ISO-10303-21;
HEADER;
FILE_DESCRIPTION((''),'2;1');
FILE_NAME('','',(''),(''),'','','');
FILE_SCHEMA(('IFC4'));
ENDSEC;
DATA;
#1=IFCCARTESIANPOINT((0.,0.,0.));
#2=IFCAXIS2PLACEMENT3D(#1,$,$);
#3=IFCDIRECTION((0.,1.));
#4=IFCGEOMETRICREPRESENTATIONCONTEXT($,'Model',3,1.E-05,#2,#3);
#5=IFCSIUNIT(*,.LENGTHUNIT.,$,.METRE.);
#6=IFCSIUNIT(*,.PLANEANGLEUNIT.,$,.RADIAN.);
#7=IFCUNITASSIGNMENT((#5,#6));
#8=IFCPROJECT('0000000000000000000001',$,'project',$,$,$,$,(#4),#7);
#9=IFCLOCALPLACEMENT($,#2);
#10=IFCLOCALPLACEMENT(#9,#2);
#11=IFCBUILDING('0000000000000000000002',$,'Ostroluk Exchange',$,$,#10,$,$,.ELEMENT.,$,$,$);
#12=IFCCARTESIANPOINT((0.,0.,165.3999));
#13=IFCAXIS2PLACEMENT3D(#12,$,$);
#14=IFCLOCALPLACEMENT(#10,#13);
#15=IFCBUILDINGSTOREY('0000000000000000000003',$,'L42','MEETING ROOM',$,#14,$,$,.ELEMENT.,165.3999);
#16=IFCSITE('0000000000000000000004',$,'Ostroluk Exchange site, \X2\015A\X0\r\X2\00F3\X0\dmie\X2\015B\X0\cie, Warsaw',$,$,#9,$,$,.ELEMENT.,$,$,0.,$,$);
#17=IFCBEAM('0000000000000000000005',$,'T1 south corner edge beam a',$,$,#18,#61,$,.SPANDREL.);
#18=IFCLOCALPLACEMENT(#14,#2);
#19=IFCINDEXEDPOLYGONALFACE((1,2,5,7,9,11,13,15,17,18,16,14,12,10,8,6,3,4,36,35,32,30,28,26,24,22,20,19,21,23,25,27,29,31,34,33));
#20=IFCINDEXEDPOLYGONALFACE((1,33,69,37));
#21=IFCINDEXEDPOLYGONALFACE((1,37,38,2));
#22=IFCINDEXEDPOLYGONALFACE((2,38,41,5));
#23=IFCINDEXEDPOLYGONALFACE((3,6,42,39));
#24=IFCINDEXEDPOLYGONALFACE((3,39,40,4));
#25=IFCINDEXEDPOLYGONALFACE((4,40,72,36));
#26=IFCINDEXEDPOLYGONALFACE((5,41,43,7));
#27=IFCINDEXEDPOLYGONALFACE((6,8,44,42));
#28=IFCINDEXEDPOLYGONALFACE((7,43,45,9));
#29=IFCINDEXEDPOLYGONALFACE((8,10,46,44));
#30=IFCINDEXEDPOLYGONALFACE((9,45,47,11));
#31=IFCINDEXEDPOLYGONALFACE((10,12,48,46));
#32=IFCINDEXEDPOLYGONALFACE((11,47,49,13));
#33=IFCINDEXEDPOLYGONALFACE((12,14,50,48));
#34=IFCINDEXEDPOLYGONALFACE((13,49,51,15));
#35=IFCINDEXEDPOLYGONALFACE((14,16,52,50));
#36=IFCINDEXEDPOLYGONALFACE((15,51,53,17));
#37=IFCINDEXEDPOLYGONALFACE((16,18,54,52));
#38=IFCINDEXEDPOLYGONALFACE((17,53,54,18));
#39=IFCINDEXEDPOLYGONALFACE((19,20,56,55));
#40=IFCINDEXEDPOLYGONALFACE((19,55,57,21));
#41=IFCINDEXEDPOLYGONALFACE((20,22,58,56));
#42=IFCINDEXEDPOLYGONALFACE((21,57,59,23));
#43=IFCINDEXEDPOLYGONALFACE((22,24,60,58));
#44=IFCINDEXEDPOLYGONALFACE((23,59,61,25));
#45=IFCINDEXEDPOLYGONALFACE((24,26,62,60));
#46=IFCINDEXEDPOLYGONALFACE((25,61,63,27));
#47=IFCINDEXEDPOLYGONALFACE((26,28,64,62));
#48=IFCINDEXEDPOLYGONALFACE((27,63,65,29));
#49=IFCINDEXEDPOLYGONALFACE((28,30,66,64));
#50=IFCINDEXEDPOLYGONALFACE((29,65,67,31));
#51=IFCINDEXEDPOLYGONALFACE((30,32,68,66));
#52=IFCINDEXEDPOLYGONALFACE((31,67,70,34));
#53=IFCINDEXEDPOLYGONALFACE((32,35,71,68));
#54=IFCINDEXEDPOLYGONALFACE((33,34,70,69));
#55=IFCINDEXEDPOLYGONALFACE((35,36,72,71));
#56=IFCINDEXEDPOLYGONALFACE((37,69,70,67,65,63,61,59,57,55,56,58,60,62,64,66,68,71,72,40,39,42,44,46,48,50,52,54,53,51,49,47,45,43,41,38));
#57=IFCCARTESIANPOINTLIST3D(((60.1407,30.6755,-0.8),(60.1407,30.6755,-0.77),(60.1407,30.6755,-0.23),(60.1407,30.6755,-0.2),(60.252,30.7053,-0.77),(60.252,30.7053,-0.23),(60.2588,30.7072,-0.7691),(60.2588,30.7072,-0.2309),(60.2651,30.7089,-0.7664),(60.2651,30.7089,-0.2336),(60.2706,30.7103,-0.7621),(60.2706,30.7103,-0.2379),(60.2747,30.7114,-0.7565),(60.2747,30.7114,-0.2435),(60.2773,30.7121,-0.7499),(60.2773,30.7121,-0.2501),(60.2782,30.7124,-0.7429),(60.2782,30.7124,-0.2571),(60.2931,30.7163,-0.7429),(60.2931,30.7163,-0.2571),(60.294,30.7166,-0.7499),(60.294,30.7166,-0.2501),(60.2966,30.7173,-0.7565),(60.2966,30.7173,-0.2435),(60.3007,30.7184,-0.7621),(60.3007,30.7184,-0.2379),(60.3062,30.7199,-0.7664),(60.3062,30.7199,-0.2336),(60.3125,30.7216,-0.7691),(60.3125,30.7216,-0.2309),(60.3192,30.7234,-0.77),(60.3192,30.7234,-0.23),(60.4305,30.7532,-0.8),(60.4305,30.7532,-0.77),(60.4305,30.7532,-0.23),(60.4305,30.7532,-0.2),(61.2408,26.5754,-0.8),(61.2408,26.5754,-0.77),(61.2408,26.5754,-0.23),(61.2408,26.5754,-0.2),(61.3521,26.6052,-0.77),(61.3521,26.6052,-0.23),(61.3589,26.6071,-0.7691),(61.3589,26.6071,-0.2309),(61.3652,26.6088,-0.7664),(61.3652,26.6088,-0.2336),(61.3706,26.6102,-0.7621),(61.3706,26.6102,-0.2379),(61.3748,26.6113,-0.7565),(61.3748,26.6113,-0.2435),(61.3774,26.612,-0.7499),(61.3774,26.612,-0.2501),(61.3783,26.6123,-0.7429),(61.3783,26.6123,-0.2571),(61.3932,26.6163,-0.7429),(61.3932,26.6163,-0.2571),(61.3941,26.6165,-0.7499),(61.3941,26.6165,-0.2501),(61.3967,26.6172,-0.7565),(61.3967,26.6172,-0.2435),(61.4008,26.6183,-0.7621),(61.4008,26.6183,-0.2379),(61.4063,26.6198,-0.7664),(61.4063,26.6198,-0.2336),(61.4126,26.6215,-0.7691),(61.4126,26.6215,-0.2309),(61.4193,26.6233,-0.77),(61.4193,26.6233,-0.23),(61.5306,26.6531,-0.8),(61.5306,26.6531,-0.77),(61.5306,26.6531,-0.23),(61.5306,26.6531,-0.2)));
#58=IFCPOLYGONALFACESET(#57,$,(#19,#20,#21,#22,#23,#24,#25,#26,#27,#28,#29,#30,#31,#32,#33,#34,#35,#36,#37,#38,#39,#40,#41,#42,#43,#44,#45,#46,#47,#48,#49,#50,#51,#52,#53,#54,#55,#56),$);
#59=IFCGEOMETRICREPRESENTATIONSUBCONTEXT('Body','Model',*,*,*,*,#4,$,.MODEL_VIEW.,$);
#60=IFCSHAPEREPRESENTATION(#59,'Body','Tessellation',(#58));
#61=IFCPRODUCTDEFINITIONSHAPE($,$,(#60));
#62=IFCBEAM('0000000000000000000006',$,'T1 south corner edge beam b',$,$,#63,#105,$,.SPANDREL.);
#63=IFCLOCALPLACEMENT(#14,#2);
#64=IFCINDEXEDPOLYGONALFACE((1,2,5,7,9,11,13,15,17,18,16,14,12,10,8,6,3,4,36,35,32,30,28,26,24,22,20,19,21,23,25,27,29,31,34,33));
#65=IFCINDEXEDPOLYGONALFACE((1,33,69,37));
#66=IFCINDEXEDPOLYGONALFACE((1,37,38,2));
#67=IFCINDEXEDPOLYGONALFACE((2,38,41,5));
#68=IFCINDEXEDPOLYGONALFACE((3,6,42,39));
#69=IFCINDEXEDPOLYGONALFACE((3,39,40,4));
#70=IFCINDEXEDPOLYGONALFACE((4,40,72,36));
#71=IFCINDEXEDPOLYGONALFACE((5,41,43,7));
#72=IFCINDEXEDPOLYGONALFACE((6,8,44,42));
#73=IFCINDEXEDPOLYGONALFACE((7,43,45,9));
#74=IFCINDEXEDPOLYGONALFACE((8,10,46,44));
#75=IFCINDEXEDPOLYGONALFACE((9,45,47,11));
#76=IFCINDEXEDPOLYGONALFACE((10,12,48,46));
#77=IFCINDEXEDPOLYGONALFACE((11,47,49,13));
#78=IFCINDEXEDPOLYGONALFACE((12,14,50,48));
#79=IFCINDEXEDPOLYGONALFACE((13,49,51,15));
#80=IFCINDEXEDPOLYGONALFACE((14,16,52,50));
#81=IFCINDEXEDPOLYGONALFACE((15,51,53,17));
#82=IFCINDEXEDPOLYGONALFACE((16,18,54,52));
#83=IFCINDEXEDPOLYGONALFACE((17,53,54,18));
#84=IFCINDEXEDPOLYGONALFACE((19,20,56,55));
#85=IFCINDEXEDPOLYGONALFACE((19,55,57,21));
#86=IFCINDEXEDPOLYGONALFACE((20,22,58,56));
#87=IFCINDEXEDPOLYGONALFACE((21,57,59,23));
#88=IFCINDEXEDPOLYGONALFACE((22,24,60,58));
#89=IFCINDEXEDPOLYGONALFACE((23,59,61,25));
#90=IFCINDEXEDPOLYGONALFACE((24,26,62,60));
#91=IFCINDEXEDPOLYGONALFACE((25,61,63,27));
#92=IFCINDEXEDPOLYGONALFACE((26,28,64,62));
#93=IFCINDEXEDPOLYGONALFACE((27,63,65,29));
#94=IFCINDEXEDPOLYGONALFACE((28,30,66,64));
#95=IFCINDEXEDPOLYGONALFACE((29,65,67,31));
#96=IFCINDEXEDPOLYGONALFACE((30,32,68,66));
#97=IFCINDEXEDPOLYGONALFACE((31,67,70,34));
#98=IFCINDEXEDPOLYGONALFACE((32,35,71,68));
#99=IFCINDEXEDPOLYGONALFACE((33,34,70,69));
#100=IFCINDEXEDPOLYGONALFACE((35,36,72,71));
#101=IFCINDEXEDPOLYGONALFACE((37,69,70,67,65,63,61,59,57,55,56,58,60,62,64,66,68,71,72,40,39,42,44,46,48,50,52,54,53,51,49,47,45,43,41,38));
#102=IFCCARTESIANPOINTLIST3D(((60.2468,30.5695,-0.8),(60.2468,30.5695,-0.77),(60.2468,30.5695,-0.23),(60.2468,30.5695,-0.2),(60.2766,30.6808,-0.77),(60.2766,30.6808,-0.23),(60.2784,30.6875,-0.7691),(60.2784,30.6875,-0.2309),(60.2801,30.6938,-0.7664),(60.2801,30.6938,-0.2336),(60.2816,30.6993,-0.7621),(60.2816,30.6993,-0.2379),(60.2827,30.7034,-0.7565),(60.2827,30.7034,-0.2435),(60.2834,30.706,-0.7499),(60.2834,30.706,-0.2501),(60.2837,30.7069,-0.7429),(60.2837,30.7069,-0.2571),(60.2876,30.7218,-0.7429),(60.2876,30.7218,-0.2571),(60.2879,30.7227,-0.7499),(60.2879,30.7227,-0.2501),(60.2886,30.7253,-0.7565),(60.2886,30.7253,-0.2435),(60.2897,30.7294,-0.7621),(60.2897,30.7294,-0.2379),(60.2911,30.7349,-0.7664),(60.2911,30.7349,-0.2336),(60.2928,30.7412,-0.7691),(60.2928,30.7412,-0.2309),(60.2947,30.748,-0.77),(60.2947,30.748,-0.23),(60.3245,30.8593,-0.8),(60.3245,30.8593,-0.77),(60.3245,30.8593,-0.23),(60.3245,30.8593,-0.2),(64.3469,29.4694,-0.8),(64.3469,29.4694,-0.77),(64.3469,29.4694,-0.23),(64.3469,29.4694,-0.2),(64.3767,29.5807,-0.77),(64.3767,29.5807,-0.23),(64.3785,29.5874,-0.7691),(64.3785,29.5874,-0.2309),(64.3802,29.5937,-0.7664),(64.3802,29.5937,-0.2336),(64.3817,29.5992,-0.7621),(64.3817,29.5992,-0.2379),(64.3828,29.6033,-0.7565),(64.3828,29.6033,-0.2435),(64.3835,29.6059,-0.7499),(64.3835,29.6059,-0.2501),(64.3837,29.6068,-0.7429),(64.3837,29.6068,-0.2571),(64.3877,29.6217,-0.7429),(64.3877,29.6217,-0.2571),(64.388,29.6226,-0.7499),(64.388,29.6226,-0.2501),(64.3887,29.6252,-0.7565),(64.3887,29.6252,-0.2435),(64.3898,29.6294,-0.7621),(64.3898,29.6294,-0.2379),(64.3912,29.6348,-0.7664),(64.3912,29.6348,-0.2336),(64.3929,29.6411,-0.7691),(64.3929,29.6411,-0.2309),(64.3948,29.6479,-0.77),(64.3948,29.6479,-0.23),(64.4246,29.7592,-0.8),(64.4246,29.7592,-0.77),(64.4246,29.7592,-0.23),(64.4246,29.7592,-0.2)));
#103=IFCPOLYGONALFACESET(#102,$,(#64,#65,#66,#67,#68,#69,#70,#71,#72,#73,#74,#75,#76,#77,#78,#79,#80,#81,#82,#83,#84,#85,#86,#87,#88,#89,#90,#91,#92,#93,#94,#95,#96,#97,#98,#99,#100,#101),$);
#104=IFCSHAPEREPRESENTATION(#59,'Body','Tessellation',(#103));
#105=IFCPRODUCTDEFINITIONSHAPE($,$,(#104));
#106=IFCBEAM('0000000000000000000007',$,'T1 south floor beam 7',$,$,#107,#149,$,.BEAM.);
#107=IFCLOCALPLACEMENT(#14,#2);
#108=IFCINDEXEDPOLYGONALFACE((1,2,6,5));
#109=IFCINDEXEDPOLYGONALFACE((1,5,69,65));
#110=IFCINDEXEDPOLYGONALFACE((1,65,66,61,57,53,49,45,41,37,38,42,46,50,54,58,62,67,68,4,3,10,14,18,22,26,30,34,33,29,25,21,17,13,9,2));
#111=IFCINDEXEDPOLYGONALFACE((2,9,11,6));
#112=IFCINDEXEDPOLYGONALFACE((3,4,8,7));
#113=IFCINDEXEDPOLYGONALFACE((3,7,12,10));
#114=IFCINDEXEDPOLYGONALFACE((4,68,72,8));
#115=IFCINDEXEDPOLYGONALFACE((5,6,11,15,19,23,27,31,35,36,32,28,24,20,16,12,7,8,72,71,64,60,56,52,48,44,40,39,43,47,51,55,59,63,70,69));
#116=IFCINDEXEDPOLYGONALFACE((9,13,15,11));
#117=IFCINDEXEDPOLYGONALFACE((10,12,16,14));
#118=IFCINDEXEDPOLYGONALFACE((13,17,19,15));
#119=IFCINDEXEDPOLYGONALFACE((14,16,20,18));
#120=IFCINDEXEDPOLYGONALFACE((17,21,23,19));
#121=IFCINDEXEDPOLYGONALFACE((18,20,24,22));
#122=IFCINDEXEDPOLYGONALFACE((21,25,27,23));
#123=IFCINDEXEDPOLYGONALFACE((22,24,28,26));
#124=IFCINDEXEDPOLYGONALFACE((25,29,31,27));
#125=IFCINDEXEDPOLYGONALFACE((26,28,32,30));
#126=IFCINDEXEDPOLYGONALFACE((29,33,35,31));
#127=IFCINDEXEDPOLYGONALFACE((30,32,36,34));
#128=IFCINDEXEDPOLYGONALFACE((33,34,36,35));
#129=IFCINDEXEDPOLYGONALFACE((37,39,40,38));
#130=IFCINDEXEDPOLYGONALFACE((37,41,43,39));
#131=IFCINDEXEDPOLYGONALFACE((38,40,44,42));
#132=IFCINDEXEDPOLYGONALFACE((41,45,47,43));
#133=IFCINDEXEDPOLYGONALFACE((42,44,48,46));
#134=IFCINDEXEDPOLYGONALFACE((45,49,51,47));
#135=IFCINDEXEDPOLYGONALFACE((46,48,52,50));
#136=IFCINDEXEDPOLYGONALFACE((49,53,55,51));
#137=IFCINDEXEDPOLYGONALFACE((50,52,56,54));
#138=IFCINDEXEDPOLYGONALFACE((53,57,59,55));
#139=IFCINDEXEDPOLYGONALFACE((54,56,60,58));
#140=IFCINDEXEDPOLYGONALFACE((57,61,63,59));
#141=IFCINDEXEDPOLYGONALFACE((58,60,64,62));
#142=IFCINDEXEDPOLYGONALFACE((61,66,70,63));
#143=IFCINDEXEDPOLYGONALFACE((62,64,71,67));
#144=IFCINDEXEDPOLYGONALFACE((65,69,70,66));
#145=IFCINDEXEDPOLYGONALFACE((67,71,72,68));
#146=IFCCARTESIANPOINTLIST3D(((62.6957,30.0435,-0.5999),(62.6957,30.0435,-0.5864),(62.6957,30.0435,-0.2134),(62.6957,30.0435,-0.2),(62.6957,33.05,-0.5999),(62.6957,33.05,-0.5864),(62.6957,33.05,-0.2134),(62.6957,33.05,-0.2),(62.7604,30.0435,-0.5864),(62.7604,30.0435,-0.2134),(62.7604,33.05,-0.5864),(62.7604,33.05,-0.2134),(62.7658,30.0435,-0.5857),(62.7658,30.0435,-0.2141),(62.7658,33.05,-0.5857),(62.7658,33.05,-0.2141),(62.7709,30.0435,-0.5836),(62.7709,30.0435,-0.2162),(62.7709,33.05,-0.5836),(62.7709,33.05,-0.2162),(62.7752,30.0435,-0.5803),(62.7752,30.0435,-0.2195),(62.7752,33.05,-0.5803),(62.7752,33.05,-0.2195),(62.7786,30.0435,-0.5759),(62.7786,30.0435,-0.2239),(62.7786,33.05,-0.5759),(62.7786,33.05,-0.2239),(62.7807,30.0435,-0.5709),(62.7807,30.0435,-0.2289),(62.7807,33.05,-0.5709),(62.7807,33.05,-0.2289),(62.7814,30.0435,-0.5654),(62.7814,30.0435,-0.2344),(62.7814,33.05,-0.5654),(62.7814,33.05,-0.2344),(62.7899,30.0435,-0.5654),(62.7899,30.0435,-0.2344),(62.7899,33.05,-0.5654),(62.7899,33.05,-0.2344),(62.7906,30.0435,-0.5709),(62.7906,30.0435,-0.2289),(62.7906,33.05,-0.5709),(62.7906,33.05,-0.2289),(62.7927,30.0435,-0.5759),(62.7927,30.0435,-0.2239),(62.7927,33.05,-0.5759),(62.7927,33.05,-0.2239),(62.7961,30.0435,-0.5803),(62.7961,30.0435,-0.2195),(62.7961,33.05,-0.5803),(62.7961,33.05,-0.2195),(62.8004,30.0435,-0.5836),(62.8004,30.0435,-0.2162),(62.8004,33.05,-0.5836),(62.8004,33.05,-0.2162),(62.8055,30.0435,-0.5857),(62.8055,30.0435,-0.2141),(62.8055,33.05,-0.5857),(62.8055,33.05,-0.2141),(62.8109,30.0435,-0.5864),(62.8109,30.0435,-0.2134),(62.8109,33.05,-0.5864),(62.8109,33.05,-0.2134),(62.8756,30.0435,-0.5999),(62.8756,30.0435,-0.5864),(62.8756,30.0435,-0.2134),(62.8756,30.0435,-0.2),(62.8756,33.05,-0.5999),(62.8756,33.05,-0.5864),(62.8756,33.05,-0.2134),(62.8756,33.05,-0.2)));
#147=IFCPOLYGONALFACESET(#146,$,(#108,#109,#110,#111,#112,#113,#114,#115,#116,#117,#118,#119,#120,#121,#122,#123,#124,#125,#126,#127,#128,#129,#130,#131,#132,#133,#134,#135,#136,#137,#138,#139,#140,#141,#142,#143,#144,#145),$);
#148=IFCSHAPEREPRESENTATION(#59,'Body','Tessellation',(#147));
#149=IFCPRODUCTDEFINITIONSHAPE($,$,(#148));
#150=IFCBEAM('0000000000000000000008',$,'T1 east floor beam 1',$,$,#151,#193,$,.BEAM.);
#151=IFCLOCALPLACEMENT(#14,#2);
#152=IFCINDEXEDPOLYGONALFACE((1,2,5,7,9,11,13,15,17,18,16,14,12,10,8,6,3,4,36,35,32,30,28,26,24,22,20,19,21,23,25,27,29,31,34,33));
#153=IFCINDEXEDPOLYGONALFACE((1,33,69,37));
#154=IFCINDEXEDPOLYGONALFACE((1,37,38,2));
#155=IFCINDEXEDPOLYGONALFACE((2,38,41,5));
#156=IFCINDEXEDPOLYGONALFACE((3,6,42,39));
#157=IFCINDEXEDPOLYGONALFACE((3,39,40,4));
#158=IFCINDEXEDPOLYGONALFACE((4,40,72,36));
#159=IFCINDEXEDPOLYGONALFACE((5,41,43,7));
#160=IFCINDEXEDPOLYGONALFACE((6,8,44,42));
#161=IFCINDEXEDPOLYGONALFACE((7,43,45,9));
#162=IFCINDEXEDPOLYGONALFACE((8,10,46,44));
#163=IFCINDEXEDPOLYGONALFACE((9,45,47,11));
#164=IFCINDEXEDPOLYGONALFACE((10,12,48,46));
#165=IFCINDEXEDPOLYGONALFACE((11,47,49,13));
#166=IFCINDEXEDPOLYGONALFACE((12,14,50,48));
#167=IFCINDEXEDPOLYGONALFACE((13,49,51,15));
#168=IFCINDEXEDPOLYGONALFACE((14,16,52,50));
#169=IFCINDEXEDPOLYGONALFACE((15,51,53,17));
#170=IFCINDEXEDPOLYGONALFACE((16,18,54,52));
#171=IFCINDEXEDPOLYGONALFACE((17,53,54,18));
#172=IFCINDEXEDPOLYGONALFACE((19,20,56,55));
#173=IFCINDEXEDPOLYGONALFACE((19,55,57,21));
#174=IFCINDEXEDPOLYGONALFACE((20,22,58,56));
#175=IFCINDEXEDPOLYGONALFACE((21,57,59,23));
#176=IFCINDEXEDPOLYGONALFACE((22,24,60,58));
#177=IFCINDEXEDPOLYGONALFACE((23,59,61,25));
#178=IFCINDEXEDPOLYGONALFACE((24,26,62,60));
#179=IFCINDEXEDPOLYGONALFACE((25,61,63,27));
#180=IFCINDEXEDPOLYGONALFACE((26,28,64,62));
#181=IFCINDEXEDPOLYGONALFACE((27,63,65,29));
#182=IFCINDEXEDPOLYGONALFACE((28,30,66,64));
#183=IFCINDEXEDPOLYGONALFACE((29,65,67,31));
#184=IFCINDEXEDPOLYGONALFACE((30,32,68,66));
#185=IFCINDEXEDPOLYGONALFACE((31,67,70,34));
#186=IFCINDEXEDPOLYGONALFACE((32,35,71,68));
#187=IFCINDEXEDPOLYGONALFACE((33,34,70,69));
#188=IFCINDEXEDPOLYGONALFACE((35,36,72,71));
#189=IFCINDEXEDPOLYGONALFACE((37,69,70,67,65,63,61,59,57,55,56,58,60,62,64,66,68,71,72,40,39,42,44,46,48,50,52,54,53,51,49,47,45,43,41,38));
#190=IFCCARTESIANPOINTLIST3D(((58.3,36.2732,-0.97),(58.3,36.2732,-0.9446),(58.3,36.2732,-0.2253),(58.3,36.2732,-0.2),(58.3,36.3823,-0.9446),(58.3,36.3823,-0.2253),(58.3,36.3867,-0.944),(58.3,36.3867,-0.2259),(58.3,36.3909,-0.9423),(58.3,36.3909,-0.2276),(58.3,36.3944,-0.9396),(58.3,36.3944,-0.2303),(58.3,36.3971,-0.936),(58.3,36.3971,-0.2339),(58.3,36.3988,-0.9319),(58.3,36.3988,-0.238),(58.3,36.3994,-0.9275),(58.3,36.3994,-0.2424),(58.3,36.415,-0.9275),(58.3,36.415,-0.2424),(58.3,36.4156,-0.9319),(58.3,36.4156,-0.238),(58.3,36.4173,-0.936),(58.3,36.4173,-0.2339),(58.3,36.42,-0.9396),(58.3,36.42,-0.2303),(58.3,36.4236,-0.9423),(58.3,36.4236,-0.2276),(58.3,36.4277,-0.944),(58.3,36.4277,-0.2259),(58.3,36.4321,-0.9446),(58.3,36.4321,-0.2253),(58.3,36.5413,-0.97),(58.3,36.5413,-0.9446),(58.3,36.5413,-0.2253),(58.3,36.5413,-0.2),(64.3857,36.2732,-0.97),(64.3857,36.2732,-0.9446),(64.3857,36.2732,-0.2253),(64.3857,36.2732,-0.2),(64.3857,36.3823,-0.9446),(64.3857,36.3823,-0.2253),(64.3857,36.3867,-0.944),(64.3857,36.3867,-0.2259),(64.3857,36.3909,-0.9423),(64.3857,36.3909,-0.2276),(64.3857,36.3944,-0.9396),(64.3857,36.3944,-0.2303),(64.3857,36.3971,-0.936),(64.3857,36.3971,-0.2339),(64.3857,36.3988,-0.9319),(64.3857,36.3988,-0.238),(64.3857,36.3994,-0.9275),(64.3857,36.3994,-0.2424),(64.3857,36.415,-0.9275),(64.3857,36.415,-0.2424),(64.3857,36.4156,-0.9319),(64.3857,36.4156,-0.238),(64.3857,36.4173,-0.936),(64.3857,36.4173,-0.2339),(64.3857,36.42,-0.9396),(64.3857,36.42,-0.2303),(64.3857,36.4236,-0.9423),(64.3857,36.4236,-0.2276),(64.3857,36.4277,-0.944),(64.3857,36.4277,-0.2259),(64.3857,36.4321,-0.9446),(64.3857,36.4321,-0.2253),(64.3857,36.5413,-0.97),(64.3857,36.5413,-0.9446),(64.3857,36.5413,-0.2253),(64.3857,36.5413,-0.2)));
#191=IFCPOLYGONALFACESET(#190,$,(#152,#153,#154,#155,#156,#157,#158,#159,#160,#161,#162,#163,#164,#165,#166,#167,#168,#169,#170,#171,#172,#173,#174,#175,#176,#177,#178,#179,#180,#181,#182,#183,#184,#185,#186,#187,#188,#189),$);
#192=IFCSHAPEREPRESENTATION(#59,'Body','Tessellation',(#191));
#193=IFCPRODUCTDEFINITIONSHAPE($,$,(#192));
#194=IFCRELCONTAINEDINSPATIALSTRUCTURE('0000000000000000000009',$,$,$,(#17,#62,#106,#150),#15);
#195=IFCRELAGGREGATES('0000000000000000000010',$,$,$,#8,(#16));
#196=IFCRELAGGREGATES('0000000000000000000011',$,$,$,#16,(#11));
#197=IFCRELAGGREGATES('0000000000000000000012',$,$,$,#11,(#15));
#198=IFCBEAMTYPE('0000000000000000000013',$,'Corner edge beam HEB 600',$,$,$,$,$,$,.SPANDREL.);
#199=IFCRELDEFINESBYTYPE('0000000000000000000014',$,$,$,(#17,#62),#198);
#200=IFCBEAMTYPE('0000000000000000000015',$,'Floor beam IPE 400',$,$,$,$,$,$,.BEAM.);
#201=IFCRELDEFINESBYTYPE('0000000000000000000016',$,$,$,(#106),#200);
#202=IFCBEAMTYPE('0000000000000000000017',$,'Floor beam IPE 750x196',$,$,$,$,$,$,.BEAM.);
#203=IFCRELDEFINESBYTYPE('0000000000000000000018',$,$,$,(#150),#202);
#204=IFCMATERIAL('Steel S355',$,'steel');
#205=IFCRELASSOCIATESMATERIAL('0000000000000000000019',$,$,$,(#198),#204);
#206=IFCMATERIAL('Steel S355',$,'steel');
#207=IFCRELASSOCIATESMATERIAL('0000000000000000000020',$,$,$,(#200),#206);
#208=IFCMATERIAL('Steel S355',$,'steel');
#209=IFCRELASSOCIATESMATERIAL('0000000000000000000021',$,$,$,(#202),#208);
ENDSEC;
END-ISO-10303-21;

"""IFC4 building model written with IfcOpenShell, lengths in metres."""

from ifc_helpers import new_model, si_unit, direction, frame, origin, origin_2d, place, context, subcontext, project, spatial, i_section, extrude, material, material_profile, profile_set, type_object, element, save


model = new_model("IFC4")

# Units and contexts
model_context = context("Model", 3, precision=1e-05, world=origin(), true_north=direction((0.0, 1.0)))
body_context = subcontext(model_context, "Body", "Model", "MODEL_VIEW")
ifc_project = project(units=[si_unit("LENGTHUNIT", "METRE"), si_unit("PLANEANGLEUNIT", "RADIAN")], contexts=[model_context])

# Site, building, storey
site_placement = place(None, origin())
site = spatial("IfcSite", under=ifc_project, at=site_placement, Name="Ostroluk Exchange site, Śródmieście, Warsaw", CompositionType="ELEMENT", RefElevation=0.0)
building_placement = place(site_placement, origin())
building = spatial("IfcBuilding", under=site, at=building_placement, Name="Ostroluk Exchange", CompositionType="ELEMENT")
storey_placement = place(building_placement, frame((0.0, 0.0, 165.3999)))
storey = spatial("IfcBuildingStorey", under=building, at=storey_placement, Name="L42", Description="MEETING ROOM", CompositionType="ELEMENT", Elevation=165.3999)

# Beams
ifc_material_1 = material(Name="Steel S355", Category="steel")
ifc_material_profile_1 = material_profile(ifc_material_1, i_section(OverallWidth=0.3, OverallDepth=0.6001, WebThickness=0.0154, FlangeThickness=0.03, FilletRadius=0.0271, at=origin_2d()), Name="HEB 600")
ifc_profile_set_1 = profile_set([ifc_material_profile_1], Name="Steel S355")
beam_type_1 = type_object("IfcBeamType", Name="Corner edge beam HEB 600", PredefinedType="SPANDREL", material=ifc_profile_set_1)
for number, where, z_axis, x_axis, name in (
    (1, (60.2856, 30.7144, -0.5), (0.259144, -0.965839, 0.0), (0.965839, 0.259144, 0.0), "T1 south corner edge beam a"),
    (2, (60.2856, 30.7144, -0.5), (0.965839, -0.259144, 0.0), (0.259144, 0.965839, 0.0), "T1 south corner edge beam b"),
):
    element("IfcBeam", number, at=place(storey_placement, frame(where, z_axis=z_axis, x_axis=x_axis)), inside=storey, type_object=beam_type_1, Name=name, PredefinedType="SPANDREL", context=body_context, shape_type="SweptSolid", body=[
        extrude(i_section(OverallWidth=0.3, OverallDepth=0.6001, WebThickness=0.0154, FlangeThickness=0.03, FilletRadius=0.0271, at=origin_2d()), origin(), (0.0, 0.0, 1.0), 4.2451),
    ])
ifc_material_2 = material(Name="Steel S355", Category="steel")
ifc_material_profile_2 = material_profile(ifc_material_2, i_section(OverallWidth=0.1799, OverallDepth=0.3999, WebThickness=0.0085, FlangeThickness=0.0134, FilletRadius=0.021, at=origin_2d()), Name="IPE 400")
ifc_profile_set_2 = profile_set([ifc_material_profile_2], Name="Steel S355")
beam_type_2 = type_object("IfcBeamType", Name="Floor beam IPE 400", PredefinedType="BEAM", material=ifc_profile_set_2)
beam_1_placement = place(storey_placement, frame((62.7856, 33.05, -0.3999), z_axis=(0.0, -1.0, 0.0), x_axis=(1.0, 0.0, 0.0)))
element("IfcBeam", 3, at=beam_1_placement, inside=storey, type_object=beam_type_2, Name="T1 south floor beam 7", PredefinedType="BEAM", context=body_context, shape_type="SweptSolid", body=[
    extrude(i_section(OverallWidth=0.1799, OverallDepth=0.3999, WebThickness=0.0085, FlangeThickness=0.0134, FilletRadius=0.021, at=origin_2d()), origin(), (0.0, 0.0, 1.0), 3.0066),
])
ifc_material_3 = material(Name="Steel S355", Category="steel")
ifc_material_profile_3 = material_profile(ifc_material_3, i_section(OverallWidth=0.2681, OverallDepth=0.77, WebThickness=0.0156, FlangeThickness=0.0254, FilletRadius=0.0171, at=origin_2d()), Name="IPE 750x196")
ifc_profile_set_3 = profile_set([ifc_material_profile_3], Name="Steel S355")
beam_type_3 = type_object("IfcBeamType", Name="Floor beam IPE 750x196", PredefinedType="BEAM", material=ifc_profile_set_3)
for number, where, z_axis, x_axis, name in (
    (4, (58.3, 36.4072, -0.585), (1.0, 0.0, 0.0), (0.0, 1.0, 0.0), "T1 east floor beam 1"),
):
    element("IfcBeam", number, at=place(storey_placement, frame(where, z_axis=z_axis, x_axis=x_axis)), inside=storey, type_object=beam_type_3, Name=name, PredefinedType="BEAM", context=body_context, shape_type="SweptSolid", body=[
        extrude(i_section(OverallWidth=0.2681, OverallDepth=0.77, WebThickness=0.0156, FlangeThickness=0.0254, FilletRadius=0.0171, at=origin_2d()), origin(), (0.0, 0.0, 1.0), 6.0857),
    ])

save(model, "model.ifc")
